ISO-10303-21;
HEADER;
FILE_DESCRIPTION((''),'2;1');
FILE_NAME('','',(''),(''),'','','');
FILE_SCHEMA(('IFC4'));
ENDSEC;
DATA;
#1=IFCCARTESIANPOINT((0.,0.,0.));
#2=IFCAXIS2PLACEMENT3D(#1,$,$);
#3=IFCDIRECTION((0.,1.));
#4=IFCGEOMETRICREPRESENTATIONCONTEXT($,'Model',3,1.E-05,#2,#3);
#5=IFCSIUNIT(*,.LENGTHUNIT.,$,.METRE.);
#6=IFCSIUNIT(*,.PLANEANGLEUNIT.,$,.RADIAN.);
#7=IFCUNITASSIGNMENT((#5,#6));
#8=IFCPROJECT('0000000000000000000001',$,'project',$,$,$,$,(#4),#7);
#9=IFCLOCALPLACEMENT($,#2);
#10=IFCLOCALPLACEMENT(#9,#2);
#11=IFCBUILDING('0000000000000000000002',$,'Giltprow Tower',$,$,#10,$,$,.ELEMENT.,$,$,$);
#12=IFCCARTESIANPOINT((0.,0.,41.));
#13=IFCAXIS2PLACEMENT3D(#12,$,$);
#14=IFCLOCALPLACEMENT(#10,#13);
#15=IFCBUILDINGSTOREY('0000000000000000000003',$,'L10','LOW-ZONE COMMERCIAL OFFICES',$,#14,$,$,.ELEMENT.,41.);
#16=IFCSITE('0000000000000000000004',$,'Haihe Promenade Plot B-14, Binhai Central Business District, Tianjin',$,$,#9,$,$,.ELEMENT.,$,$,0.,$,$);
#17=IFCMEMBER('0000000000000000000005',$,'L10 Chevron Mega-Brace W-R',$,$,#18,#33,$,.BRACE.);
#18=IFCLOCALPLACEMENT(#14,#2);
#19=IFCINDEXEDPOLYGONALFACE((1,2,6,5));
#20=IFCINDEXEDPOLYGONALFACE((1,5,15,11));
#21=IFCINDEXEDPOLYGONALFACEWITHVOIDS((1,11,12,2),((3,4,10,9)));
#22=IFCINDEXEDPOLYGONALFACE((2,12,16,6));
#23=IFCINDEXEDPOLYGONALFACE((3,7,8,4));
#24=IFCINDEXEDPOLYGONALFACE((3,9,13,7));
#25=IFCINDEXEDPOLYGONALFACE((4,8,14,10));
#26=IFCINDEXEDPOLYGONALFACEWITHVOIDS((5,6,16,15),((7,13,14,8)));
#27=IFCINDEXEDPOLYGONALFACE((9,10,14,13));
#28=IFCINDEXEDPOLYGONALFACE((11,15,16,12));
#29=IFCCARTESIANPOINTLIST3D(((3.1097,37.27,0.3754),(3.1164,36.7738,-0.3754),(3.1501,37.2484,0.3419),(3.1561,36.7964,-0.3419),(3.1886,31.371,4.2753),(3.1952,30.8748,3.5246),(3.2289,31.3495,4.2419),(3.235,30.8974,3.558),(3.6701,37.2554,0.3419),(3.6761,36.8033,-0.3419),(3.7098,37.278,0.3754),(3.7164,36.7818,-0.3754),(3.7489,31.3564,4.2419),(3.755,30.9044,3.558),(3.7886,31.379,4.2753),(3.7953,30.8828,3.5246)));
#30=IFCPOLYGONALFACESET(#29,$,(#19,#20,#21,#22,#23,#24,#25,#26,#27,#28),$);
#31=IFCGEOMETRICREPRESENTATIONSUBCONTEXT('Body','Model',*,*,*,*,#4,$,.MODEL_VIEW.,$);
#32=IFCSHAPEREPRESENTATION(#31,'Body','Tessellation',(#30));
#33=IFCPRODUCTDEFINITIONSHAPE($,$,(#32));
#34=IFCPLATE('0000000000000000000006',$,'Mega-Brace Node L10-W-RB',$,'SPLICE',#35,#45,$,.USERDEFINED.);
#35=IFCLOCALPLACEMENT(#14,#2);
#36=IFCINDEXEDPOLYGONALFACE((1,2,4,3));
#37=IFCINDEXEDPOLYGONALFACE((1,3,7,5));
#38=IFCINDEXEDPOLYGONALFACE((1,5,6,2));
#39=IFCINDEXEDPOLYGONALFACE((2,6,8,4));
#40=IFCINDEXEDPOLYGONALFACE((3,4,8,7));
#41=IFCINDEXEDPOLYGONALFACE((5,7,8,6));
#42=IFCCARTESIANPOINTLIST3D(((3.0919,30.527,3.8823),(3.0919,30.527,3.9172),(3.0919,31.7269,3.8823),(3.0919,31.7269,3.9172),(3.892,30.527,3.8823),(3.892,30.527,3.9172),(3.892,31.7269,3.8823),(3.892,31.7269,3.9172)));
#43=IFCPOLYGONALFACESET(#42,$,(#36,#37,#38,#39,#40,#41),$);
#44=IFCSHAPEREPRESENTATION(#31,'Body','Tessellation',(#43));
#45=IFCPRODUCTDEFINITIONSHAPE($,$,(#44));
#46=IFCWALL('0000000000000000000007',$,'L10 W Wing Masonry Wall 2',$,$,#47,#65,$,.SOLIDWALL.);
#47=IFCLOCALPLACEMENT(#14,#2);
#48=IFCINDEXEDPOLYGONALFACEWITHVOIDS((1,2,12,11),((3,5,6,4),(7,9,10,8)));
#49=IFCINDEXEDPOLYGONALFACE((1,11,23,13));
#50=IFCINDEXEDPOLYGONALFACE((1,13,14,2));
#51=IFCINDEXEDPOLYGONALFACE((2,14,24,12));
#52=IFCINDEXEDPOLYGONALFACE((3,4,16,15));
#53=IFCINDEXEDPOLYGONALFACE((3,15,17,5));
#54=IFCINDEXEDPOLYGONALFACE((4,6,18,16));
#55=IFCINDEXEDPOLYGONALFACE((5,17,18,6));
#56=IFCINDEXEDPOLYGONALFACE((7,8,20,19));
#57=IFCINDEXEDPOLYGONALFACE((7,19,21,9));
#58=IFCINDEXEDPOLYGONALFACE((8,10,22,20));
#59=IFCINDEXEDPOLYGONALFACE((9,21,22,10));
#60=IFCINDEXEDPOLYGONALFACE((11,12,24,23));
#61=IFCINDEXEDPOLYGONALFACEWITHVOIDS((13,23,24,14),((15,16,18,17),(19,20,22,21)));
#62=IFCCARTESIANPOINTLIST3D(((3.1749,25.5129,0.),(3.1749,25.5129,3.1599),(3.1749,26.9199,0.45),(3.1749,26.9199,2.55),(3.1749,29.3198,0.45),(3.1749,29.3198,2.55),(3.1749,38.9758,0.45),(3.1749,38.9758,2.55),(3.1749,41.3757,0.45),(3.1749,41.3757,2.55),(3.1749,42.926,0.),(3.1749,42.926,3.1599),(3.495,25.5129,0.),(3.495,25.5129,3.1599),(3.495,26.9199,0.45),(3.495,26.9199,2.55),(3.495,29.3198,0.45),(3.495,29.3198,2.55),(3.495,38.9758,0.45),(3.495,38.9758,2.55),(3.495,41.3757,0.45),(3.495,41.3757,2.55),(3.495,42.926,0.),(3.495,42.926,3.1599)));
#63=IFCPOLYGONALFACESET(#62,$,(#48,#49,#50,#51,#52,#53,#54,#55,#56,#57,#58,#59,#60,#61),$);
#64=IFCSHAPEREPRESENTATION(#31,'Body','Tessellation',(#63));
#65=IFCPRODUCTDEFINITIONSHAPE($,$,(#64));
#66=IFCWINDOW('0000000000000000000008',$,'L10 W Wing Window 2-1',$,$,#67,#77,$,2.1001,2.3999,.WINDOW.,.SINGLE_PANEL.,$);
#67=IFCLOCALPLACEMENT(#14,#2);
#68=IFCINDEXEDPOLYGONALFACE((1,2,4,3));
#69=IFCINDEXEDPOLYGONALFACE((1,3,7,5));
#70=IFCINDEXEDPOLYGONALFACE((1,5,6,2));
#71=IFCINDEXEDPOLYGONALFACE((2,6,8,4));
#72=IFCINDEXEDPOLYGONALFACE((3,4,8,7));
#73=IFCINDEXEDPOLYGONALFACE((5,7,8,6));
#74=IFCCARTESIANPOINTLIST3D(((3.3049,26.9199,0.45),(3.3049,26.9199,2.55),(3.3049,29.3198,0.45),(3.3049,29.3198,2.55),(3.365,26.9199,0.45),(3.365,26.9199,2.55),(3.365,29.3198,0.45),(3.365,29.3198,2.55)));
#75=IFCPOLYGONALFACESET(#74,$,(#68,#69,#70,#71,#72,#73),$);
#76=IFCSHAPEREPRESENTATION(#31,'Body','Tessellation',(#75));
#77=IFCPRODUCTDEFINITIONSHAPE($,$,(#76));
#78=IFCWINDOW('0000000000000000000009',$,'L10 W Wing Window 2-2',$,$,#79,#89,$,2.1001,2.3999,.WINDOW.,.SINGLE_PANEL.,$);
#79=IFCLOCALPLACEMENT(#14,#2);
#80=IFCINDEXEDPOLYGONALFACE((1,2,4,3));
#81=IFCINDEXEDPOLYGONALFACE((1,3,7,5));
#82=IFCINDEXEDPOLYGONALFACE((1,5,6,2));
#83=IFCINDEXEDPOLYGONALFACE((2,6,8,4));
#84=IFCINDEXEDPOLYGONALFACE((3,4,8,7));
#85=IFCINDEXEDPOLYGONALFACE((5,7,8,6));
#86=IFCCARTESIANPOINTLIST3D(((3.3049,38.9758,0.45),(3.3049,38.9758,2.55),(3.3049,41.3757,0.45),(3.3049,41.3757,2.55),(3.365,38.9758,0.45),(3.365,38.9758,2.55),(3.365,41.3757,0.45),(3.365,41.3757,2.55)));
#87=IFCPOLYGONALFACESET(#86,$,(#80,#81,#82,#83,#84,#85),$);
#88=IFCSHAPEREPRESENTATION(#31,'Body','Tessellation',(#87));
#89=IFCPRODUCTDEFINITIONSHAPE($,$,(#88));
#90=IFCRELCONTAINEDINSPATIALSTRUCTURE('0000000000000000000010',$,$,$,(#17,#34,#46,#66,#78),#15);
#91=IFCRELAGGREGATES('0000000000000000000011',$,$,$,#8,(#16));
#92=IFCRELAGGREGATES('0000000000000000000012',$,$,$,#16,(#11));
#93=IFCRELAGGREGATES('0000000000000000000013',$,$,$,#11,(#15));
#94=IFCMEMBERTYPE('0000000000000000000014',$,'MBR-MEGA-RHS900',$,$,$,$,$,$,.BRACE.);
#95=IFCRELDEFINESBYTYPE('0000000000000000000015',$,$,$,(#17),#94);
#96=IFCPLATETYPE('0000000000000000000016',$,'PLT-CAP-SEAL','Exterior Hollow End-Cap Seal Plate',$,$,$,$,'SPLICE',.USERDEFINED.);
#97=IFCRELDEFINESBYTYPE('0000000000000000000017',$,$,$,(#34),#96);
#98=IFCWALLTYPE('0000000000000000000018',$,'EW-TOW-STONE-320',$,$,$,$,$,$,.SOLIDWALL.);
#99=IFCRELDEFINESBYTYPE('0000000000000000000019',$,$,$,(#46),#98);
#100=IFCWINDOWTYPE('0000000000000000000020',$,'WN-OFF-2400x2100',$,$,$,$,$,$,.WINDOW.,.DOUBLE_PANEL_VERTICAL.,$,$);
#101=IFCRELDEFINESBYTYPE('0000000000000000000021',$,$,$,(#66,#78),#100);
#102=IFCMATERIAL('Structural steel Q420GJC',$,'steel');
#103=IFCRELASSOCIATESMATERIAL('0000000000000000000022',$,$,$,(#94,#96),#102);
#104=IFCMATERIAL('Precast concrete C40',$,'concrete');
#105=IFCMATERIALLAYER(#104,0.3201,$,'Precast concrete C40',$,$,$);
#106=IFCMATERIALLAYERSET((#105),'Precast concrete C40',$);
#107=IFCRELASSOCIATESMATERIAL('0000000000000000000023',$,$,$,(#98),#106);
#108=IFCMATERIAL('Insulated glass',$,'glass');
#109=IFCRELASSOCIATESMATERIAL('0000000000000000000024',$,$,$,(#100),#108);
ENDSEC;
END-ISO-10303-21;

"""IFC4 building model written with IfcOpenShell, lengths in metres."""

from ifc_helpers import new_model, si_unit, direction, frame, frame_2d, origin, origin_2d, place, context, subcontext, project, spatial, rectangle, hollow_rectangle, extrude, source, transform, mapped, material, layer, layer_set, material_profile, profile_set, type_object, element, fill, save


model = new_model("IFC4")

# Units and contexts
model_context = context("Model", 3, precision=1e-05, world=origin(), true_north=direction((0.0, 1.0)))
body_context = subcontext(model_context, "Body", "Model", "MODEL_VIEW")
ifc_project = project(units=[si_unit("LENGTHUNIT", "METRE"), si_unit("PLANEANGLEUNIT", "RADIAN")], contexts=[model_context])

# Site, building, storey
site_placement = place(None, origin())
site = spatial("IfcSite", under=ifc_project, at=site_placement, Name="Haihe Promenade Plot B-14, Binhai Central Business District, Tianjin", CompositionType="ELEMENT", RefElevation=0.0)
building_placement = place(site_placement, origin())
building = spatial("IfcBuilding", under=site, at=building_placement, Name="Giltprow Tower", CompositionType="ELEMENT")
storey_placement = place(building_placement, frame((0.0, 0.0, 41.0)))
storey = spatial("IfcBuildingStorey", under=building, at=storey_placement, Name="L10", Description="LOW-ZONE COMMERCIAL OFFICES", CompositionType="ELEMENT", Elevation=41.0)

# Shared definitions
ifc_material_1 = material(Name="Structural steel Q420GJC", Category="steel")

# Member
ifc_material_profile_1 = material_profile(ifc_material_1, hollow_rectangle(XDim=0.6001, YDim=0.8999, WallThickness=0.04, at=origin_2d()), Name="RHS 900x600x40")
ifc_profile_set_1 = profile_set([ifc_material_profile_1], Name="Structural steel Q420GJC")
member_type = type_object("IfcMemberType", Name="MBR-MEGA-RHS900", PredefinedType="BRACE", material=ifc_profile_set_1)
shared_shape_1 = source(origin(), body_context, "Body", "SweptSolid", [
    extrude(hollow_rectangle(XDim=0.6001, YDim=0.8999, WallThickness=0.04, at=origin_2d()), origin(), (0.0, 0.0, 1.0), 7.072),
])
member_placement = place(storey_placement, frame((3.4131, 37.0259, 0.0), z_axis=(0.011151, -0.834127, 0.551459), x_axis=(0.999911, 0.013367, 0.0)))
element("IfcMember", 1, at=member_placement, inside=storey, type_object=member_type, Name="L10 Chevron Mega-Brace W-R", PredefinedType="BRACE", context=body_context, shape_type="MappedRepresentation", body=[
    mapped(shared_shape_1, transform((0.0, 0.0, 0.0), x_axis=(1.0, 0.0, 0.0), y_axis=(0.0, 1.0, 0.0), z_axis=(0.0, 0.0, 1.0), scale=1.0)),
])

# Plate
plate_type = type_object("IfcPlateType", Name="PLT-CAP-SEAL", Description="Exterior Hollow End-Cap Seal Plate", ElementType="SPLICE", PredefinedType="USERDEFINED", material=ifc_material_1)
shared_shape_2 = source(origin(), body_context, "Body", "SweptSolid", [
    extrude(rectangle(XDim=1.2, YDim=0.8, at=origin_2d()), origin(), (0.0, 0.0, 1.0), 0.0349),
])
plate_placement = place(storey_placement, frame((3.4919, 31.127, 3.8823), z_axis=(0.0, 0.0, 1.0), x_axis=(0.0, 1.0, 0.0)))
element("IfcPlate", 2, at=plate_placement, inside=storey, type_object=plate_type, Name="Mega-Brace Node L10-W-RB", ObjectType="SPLICE", PredefinedType="USERDEFINED", context=body_context, shape_type="MappedRepresentation", body=[
    mapped(shared_shape_2, transform((0.0, 0.0, 0.0), x_axis=(1.0, 0.0, 0.0), y_axis=(0.0, 1.0, 0.0), z_axis=(0.0, 0.0, 1.0), scale=1.0)),
])

# Wall, openings, windows
ifc_material_2 = material(Name="Precast concrete C40", Category="concrete")
ifc_layer_1 = layer(ifc_material_2, 0.3201, Name="Precast concrete C40")
ifc_layer_set_1 = layer_set([ifc_layer_1], Name="Precast concrete C40")
wall_type_1 = type_object("IfcWallType", Name="EW-TOW-STONE-320", PredefinedType="SOLIDWALL", material=ifc_layer_set_1)
wall_1_placement = place(storey_placement, frame((3.335, 25.5129, 0.0), z_axis=(0.0, 0.0, 1.0), x_axis=(0.0, 1.0, 0.0)))
wall_1 = element("IfcWall", 3, at=wall_1_placement, inside=storey, type_object=wall_type_1, Name="L10 W Wing Masonry Wall 2", PredefinedType="SOLIDWALL", context=body_context, shape_type="SweptSolid", body=[
    extrude(rectangle(XDim=17.4131, YDim=0.3201, at=frame_2d((8.7065, 0.0))), origin(), (0.0, 0.0, 1.0), 3.1599),
])
opening_1_placement = place(wall_1_placement, frame((1.407, 0.0, 0.45)))
opening_1 = element("IfcOpeningElement", 4, at=opening_1_placement, cuts=wall_1, PredefinedType="OPENING", context=body_context, shape_type="SweptSolid", body=[
    extrude(rectangle(XDim=2.3999, YDim=2.1001, at=frame_2d((1.2, 1.05))), frame((0.0, 0.1699, 0.0), z_axis=(0.0, -1.0, 0.0), x_axis=(1.0, 0.0, 0.0)), (0.0, 0.0, 1.0), 0.3401),
])
opening_2_placement = place(wall_1_placement, frame((13.4629, 0.0, 0.45)))
opening_2 = element("IfcOpeningElement", 5, at=opening_2_placement, cuts=wall_1, PredefinedType="OPENING", context=body_context, shape_type="SweptSolid", body=[
    extrude(rectangle(XDim=2.3999, YDim=2.1001, at=frame_2d((1.2, 1.05))), frame((0.0, 0.1699, 0.0), z_axis=(0.0, -1.0, 0.0), x_axis=(1.0, 0.0, 0.0)), (0.0, 0.0, 1.0), 0.3401),
])
ifc_material_3 = material(Name="Insulated glass", Category="glass")
window_type = type_object("IfcWindowType", Name="WN-OFF-2400x2100", PartitioningType="DOUBLE_PANEL_VERTICAL", PredefinedType="WINDOW", material=ifc_material_3)
shared_shape_3 = source(origin(), body_context, "Body", "SweptSolid", [
    extrude(rectangle(XDim=2.3999, YDim=2.1001, at=frame_2d((1.2, 1.05))), frame((0.0, 0.03, 0.0), z_axis=(0.0, -1.0, 0.0), x_axis=(1.0, 0.0, 0.0)), (0.0, 0.0, 1.0), 0.0601),
])
window_1_placement = place(opening_1_placement, origin())
window_1 = element("IfcWindow", 6, at=window_1_placement, inside=storey, type_object=window_type, Name="L10 W Wing Window 2-1", OverallHeight=2.1001, OverallWidth=2.3999, PartitioningType="SINGLE_PANEL", PredefinedType="WINDOW", context=body_context, shape_type="MappedRepresentation", body=[
    mapped(shared_shape_3, transform((0.0, 0.0, 0.0), x_axis=(1.0, 0.0, 0.0), y_axis=(0.0, 1.0, 0.0), z_axis=(0.0, 0.0, 1.0), scale=1.0)),
])
fill(opening_1, window_1)
window_2_placement = place(opening_2_placement, origin())
window_2 = element("IfcWindow", 7, at=window_2_placement, inside=storey, type_object=window_type, Name="L10 W Wing Window 2-2", OverallHeight=2.1001, OverallWidth=2.3999, PartitioningType="SINGLE_PANEL", PredefinedType="WINDOW", context=body_context, shape_type="MappedRepresentation", body=[
    mapped(shared_shape_3, transform((0.0, 0.0, 0.0), x_axis=(1.0, 0.0, 0.0), y_axis=(0.0, 1.0, 0.0), z_axis=(0.0, 0.0, 1.0), scale=1.0)),
])
fill(opening_2, window_2)

save(model, "model.ifc")
